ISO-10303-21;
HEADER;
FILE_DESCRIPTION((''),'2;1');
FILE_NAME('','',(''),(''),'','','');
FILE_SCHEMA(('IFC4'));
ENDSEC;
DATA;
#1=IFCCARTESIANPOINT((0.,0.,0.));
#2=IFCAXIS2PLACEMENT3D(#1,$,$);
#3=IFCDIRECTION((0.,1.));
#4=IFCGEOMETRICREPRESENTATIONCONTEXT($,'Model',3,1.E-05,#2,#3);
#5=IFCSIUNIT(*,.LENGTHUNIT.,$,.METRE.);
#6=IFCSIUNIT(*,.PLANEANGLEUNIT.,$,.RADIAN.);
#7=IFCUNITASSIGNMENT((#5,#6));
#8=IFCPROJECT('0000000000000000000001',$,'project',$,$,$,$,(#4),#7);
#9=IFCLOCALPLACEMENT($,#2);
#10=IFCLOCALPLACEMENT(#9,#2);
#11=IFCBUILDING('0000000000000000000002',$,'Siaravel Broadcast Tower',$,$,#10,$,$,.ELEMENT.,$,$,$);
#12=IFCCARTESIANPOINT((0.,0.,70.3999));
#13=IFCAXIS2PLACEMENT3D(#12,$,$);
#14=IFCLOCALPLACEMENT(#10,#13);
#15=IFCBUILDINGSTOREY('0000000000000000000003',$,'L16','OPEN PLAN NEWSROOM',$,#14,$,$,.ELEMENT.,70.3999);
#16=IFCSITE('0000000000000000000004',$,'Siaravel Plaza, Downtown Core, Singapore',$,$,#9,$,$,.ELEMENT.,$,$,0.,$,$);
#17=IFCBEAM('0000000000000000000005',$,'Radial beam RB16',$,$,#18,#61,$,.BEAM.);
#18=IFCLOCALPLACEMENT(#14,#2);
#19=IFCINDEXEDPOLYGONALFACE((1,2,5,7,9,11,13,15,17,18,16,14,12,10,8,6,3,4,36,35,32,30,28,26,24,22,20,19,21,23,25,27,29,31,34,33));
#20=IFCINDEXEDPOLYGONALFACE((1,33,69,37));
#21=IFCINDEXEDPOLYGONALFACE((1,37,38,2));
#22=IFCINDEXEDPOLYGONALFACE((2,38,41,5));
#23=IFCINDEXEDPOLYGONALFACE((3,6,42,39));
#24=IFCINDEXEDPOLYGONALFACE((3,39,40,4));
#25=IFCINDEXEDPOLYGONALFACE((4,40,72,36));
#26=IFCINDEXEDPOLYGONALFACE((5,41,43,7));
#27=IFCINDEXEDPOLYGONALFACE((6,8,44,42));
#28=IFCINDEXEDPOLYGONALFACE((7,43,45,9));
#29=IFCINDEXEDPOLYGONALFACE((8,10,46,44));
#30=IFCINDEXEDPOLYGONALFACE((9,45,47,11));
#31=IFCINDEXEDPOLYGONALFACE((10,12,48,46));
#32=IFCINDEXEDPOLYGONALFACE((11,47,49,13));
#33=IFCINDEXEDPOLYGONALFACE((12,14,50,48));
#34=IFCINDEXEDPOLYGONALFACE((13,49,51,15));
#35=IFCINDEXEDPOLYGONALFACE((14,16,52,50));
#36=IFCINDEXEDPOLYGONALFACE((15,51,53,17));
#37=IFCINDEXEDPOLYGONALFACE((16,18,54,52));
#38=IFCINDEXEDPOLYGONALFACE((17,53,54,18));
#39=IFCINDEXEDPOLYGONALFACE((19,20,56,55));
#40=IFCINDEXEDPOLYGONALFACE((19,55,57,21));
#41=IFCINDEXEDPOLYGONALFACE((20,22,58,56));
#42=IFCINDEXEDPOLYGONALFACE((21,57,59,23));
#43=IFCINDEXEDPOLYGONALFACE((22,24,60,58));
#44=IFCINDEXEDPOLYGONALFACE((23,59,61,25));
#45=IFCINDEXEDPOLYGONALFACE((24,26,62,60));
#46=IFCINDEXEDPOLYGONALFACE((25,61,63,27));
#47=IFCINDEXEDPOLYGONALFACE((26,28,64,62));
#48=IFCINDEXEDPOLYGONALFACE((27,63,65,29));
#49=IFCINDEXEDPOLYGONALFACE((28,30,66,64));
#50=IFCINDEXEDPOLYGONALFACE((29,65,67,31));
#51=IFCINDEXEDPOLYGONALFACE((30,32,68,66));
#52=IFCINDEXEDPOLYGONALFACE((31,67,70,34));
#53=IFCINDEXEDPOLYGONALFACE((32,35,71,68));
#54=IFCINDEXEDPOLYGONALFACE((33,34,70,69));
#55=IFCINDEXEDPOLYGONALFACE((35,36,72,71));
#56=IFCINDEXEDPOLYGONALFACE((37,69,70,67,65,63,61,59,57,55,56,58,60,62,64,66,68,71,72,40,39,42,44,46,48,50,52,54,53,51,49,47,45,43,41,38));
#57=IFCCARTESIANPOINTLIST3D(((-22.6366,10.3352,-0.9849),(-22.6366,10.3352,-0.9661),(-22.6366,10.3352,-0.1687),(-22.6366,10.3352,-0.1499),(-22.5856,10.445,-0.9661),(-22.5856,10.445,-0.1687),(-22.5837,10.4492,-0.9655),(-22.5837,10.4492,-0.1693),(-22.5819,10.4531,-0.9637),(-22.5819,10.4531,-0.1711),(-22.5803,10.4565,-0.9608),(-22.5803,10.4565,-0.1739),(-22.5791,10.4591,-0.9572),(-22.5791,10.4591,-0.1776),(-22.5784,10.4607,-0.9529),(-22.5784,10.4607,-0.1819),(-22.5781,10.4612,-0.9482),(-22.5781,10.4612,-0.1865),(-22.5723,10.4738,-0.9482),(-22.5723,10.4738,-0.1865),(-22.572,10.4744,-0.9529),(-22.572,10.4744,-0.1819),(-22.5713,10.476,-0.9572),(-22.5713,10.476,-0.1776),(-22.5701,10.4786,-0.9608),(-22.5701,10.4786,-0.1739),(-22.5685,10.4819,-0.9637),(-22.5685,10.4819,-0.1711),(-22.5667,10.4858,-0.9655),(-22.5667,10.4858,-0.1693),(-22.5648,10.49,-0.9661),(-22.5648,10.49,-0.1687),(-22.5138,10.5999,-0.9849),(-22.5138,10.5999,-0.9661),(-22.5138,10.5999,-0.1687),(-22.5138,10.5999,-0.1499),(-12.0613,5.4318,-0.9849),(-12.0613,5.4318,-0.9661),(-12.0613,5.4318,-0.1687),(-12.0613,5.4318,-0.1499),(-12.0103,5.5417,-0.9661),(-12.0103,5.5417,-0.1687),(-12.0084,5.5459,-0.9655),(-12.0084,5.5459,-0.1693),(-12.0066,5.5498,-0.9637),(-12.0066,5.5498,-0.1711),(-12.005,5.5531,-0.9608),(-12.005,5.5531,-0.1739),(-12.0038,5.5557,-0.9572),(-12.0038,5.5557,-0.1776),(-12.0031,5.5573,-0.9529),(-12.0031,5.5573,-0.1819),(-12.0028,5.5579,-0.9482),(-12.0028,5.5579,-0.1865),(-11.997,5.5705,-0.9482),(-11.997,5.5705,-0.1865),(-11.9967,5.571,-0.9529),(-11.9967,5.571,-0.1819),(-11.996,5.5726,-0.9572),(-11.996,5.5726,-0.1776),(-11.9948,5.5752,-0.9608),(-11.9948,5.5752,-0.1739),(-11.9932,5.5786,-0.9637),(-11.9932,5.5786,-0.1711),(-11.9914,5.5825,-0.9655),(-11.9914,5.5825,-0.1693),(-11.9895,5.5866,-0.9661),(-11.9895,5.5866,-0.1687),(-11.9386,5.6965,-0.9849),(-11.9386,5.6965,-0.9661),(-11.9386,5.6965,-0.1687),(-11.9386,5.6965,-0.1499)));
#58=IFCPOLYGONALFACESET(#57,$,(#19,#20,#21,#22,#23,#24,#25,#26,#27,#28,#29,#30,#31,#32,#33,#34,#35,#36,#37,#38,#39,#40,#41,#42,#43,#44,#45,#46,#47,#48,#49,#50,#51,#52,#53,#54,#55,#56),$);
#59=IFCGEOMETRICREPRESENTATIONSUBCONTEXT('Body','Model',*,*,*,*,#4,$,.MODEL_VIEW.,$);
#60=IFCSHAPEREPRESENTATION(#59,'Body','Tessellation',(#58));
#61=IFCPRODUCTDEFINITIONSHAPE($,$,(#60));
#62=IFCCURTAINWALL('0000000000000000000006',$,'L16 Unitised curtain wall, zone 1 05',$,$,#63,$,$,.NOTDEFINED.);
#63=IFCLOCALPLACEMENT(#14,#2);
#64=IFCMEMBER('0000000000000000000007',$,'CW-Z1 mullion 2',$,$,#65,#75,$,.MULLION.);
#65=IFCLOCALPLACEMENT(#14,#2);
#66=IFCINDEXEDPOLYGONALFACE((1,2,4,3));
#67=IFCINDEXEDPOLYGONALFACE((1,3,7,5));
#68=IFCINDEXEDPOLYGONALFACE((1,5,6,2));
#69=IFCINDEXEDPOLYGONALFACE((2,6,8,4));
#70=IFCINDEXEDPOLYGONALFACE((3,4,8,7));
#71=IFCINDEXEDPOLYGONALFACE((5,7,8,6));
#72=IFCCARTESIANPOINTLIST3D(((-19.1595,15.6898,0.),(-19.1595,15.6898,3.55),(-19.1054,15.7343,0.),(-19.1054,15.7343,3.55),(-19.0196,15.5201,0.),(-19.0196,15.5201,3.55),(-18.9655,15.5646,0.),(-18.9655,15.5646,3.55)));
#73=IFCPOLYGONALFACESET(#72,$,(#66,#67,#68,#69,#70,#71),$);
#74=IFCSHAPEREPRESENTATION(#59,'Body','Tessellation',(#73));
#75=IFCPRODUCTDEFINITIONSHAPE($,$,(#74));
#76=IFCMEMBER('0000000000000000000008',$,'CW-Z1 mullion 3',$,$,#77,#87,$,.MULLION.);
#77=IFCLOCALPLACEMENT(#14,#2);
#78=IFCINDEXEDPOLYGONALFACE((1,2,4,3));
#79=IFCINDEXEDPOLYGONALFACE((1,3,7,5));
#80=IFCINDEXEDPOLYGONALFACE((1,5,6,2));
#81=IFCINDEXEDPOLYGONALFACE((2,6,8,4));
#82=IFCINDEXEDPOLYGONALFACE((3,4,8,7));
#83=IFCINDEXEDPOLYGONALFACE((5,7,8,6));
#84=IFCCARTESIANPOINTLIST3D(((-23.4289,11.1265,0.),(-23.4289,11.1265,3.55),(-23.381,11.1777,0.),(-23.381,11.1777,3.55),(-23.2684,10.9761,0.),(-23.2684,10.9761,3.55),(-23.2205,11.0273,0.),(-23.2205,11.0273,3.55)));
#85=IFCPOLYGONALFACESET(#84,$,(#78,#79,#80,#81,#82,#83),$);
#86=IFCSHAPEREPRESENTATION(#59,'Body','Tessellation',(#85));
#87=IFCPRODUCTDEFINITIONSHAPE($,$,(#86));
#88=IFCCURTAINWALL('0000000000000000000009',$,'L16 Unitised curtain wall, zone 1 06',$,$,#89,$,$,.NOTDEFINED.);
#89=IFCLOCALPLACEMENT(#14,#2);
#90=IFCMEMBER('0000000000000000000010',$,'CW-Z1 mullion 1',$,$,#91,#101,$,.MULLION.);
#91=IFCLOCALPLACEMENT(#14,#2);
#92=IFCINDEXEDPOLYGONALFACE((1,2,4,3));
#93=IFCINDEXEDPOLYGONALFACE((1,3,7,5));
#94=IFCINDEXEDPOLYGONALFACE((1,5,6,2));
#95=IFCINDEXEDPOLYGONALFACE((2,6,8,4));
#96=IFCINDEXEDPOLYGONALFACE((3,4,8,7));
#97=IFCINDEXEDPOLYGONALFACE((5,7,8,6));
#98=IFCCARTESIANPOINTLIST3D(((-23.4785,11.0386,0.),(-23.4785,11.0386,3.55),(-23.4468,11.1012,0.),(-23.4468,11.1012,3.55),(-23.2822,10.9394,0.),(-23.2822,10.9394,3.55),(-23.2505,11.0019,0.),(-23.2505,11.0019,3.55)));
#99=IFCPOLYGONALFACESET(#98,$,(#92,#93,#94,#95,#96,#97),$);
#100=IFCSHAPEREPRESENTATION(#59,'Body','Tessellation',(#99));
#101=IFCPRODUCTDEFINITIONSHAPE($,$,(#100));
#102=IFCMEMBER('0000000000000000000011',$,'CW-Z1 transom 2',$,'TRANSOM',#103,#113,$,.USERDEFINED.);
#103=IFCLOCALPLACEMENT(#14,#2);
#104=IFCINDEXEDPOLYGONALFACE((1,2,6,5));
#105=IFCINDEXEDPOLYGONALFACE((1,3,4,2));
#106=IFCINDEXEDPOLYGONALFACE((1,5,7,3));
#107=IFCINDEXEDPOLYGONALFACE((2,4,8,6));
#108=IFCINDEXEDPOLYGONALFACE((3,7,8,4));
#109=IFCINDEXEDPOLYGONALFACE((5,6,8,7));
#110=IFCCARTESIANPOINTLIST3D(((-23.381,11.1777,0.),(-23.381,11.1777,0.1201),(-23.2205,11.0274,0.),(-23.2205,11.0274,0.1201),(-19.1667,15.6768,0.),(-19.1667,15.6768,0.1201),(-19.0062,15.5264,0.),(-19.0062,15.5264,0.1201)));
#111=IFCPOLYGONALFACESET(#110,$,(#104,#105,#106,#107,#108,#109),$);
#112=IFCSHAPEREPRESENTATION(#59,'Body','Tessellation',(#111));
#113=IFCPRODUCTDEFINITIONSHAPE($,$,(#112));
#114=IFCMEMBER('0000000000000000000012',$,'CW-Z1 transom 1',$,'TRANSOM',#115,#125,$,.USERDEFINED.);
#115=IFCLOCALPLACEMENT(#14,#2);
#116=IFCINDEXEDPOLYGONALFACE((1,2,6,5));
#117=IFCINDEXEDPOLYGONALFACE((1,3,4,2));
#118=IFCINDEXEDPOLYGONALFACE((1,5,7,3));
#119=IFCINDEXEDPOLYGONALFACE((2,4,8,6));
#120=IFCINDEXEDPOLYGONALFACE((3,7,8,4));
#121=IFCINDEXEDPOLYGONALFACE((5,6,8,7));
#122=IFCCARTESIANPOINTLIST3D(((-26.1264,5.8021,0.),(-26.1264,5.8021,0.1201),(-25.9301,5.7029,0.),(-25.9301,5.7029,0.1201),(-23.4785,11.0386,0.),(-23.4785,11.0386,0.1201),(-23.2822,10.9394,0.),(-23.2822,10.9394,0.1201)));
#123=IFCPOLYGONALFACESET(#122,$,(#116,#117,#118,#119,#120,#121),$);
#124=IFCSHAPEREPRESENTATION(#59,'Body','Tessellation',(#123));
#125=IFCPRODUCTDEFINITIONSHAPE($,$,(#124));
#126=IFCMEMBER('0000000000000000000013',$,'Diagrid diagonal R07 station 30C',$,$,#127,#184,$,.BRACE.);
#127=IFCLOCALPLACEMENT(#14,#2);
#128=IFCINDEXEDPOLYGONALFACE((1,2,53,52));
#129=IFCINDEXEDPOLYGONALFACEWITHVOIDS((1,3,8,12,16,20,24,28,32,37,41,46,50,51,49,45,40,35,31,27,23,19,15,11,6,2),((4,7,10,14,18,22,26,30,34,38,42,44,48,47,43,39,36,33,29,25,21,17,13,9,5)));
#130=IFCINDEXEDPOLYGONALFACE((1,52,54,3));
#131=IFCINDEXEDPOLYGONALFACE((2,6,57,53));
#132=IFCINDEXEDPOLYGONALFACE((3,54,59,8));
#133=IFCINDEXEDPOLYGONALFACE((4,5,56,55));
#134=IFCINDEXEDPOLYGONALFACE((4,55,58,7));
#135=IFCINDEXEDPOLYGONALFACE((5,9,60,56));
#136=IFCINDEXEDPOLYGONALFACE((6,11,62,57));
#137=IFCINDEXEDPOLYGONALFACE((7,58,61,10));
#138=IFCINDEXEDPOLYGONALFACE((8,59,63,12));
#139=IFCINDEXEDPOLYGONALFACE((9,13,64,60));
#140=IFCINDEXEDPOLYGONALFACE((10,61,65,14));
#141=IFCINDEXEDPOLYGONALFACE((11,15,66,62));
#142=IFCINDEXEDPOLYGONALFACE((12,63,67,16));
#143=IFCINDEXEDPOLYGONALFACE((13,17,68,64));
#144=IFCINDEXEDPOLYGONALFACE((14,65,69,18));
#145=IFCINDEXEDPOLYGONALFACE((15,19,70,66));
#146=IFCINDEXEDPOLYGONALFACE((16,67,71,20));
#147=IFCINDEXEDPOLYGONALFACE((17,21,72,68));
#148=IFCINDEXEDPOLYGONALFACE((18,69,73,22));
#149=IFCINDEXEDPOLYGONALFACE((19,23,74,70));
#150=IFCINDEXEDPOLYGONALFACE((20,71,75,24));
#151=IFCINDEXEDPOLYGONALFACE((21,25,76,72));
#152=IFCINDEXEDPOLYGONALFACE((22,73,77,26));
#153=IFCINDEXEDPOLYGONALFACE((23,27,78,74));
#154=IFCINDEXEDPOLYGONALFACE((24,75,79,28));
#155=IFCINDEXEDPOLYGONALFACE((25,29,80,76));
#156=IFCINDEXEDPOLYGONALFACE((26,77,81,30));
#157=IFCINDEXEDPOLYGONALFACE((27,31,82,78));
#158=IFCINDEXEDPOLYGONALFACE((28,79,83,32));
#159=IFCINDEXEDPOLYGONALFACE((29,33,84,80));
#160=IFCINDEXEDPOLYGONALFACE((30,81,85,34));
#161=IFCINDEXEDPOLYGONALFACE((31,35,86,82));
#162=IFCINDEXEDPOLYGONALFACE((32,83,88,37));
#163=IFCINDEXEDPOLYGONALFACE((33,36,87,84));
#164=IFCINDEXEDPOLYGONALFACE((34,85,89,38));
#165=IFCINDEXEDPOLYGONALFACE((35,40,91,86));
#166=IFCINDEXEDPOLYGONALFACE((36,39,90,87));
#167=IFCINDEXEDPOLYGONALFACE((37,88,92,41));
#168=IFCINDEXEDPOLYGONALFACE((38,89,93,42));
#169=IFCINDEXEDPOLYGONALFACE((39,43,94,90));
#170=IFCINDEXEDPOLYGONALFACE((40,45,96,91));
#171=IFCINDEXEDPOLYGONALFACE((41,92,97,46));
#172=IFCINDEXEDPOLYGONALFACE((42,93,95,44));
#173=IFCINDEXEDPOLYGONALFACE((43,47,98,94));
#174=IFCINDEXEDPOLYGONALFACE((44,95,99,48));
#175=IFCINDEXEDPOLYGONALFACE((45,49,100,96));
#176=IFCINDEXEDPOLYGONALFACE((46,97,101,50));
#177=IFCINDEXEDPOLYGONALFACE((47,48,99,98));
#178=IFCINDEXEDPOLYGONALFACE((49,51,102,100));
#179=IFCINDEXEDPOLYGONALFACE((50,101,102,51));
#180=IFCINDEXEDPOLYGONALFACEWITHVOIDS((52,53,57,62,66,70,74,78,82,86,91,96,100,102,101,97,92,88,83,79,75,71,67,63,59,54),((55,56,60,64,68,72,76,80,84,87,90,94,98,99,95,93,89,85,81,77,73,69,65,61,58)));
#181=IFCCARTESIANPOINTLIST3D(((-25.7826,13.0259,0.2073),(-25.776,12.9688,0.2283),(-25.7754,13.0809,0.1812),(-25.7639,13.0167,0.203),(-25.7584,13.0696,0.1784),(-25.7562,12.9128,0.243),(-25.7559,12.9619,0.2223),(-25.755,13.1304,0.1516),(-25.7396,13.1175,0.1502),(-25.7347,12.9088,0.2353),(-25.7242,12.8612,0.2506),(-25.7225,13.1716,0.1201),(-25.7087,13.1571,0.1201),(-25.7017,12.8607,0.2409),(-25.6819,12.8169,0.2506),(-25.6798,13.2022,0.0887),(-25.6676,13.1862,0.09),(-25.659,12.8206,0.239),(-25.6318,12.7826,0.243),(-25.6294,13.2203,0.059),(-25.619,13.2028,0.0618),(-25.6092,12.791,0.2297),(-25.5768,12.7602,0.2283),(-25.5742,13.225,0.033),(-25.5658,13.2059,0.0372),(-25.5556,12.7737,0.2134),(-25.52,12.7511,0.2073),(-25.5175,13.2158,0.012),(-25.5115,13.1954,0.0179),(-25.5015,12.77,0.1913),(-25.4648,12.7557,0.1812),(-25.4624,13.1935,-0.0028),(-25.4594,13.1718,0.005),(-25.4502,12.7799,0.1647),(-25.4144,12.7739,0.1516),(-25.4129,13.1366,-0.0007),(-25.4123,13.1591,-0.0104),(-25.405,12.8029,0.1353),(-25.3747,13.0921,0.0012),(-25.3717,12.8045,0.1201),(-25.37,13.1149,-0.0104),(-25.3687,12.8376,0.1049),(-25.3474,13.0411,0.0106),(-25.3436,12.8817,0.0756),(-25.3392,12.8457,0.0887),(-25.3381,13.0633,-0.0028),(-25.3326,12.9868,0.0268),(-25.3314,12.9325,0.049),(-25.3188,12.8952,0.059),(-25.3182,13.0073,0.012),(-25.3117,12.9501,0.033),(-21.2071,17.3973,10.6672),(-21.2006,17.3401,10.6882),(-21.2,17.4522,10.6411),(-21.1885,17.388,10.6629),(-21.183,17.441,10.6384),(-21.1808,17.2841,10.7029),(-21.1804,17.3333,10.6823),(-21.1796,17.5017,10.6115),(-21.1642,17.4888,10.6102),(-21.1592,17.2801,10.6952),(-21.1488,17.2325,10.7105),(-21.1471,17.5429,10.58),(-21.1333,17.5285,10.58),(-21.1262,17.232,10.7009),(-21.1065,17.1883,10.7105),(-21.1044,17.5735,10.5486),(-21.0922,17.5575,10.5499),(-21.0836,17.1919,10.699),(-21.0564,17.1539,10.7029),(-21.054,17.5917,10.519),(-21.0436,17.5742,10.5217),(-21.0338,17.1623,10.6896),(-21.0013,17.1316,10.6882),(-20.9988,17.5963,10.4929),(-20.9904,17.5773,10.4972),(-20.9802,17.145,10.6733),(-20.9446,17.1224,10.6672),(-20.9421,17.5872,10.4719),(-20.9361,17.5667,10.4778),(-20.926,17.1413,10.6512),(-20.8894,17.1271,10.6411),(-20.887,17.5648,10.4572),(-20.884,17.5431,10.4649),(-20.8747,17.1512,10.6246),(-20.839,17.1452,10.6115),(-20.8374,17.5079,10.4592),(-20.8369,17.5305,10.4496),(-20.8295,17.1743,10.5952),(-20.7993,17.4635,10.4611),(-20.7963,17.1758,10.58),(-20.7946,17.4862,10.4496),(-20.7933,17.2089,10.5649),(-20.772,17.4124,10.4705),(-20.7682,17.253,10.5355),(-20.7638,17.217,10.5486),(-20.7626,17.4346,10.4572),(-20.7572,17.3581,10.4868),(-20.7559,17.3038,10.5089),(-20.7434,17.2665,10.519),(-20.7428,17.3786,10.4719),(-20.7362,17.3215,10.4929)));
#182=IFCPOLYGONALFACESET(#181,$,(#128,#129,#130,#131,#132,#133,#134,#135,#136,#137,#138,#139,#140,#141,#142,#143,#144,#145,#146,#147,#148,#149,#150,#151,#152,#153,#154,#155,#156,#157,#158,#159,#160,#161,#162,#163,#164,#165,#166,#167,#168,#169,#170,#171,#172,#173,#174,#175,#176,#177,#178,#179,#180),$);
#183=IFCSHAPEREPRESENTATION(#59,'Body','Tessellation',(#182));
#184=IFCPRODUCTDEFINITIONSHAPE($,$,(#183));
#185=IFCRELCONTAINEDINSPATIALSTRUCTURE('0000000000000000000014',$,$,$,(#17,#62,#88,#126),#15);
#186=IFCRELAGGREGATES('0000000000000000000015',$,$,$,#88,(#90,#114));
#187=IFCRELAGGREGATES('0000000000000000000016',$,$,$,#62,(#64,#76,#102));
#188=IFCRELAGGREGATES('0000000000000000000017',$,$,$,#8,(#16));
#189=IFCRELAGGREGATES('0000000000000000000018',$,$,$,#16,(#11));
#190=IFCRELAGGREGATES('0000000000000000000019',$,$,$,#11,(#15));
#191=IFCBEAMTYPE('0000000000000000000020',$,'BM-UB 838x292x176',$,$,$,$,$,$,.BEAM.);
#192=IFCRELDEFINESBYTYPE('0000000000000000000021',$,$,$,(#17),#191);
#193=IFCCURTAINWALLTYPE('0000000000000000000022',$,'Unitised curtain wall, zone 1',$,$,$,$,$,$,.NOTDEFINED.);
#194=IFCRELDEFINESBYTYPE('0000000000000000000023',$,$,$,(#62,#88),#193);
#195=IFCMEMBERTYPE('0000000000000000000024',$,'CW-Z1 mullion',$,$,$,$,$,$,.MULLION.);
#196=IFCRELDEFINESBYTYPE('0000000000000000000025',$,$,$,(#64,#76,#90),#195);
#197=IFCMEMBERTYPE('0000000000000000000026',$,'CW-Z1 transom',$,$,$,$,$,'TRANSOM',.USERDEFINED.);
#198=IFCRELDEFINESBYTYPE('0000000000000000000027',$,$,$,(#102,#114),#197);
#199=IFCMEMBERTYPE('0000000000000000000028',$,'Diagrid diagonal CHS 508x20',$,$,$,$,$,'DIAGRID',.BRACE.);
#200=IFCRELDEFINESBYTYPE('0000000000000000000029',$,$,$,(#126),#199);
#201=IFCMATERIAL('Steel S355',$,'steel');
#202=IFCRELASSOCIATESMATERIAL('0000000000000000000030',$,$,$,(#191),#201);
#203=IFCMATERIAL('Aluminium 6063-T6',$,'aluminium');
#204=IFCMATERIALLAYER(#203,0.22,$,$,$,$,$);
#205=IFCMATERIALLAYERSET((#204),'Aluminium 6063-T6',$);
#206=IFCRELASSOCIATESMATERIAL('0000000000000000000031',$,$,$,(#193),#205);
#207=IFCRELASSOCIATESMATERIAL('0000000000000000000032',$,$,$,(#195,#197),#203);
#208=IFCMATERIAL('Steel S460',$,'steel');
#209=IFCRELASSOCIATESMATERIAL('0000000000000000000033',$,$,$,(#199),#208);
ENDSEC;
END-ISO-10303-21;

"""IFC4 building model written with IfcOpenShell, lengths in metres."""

from ifc_helpers import new_model, si_unit, direction, frame, origin, origin_2d, place, context, subcontext, project, spatial, rectangle, hollow_circle, i_section, extrude, material, layer, layer_set, material_profile, profile_set, type_object, element, aggregate, save


model = new_model("IFC4")

# Units and contexts
model_context = context("Model", 3, precision=1e-05, world=origin(), true_north=direction((0.0, 1.0)))
body_context = subcontext(model_context, "Body", "Model", "MODEL_VIEW")
ifc_project = project(units=[si_unit("LENGTHUNIT", "METRE"), si_unit("PLANEANGLEUNIT", "RADIAN")], contexts=[model_context])

# Site, building, storey
site_placement = place(None, origin())
site = spatial("IfcSite", under=ifc_project, at=site_placement, Name="Siaravel Plaza, Downtown Core, Singapore", CompositionType="ELEMENT", RefElevation=0.0)
building_placement = place(site_placement, origin())
building = spatial("IfcBuilding", under=site, at=building_placement, Name="Siaravel Broadcast Tower", CompositionType="ELEMENT")
storey_placement = place(building_placement, frame((0.0, 0.0, 70.3999)))
storey = spatial("IfcBuildingStorey", under=building, at=storey_placement, Name="L16", Description="OPEN PLAN NEWSROOM", CompositionType="ELEMENT", Elevation=70.3999)

# Beam
ifc_material_1 = material(Name="Steel S355", Category="steel")
ifc_material_profile_1 = material_profile(ifc_material_1, i_section(OverallWidth=0.2917, OverallDepth=0.835, WebThickness=0.0139, FlangeThickness=0.0188, FilletRadius=0.0178, at=origin_2d()))
ifc_profile_set_1 = profile_set([ifc_material_profile_1], Name="Steel S355")
beam_type = type_object("IfcBeamType", Name="BM-UB 838x292x176", PredefinedType="BEAM", material=ifc_profile_set_1)
beam_1_placement = place(storey_placement, frame((-22.5752, 10.4675, -0.5674), z_axis=(0.907225, -0.420646, 0.0), x_axis=(0.420646, 0.907225, 0.0)))
element("IfcBeam", 1, at=beam_1_placement, inside=storey, type_object=beam_type, Name="Radial beam RB16", PredefinedType="BEAM", context=body_context, shape_type="SweptSolid", body=[
    extrude(i_section(OverallWidth=0.2917, OverallDepth=0.835, WebThickness=0.0139, FlangeThickness=0.0188, FilletRadius=0.0178, at=origin_2d()), origin(), (0.0, 0.0, 1.0), 11.6567),
])

# Curtain wall, members
ifc_material_2 = material(Name="Aluminium 6063-T6", Category="aluminium")
ifc_layer_1 = layer(ifc_material_2, 0.22)
ifc_layer_set_1 = layer_set([ifc_layer_1], Name="Aluminium 6063-T6")
curtain_wall_type = type_object("IfcCurtainWallType", Name="Unitised curtain wall, zone 1", PredefinedType="NOTDEFINED", material=ifc_layer_set_1)
curtain_wall_1_placement = place(storey_placement, origin())
curtain_wall_1 = element("IfcCurtainWall", 2, at=curtain_wall_1_placement, inside=storey, type_object=curtain_wall_type, Name="L16 Unitised curtain wall, zone 1 05", PredefinedType="NOTDEFINED")
ifc_material_profile_2 = material_profile(ifc_material_2, rectangle(XDim=0.22, YDim=0.0701, at=origin_2d()))
ifc_profile_set_2 = profile_set([ifc_material_profile_2], Name="Aluminium 6063-T6")
member_type_1 = type_object("IfcMemberType", Name="CW-Z1 mullion", PredefinedType="MULLION", material=ifc_profile_set_2)
member_1_placement = place(storey_placement, frame((-19.0625, 15.6272, 0.0), z_axis=(0.0, 0.0, 1.0), x_axis=(0.636219, -0.771508, 0.0)))
member_1 = element("IfcMember", 3, at=member_1_placement, type_object=member_type_1, Name="CW-Z1 mullion 2", PredefinedType="MULLION", context=body_context, shape_type="SweptSolid", body=[
    extrude(rectangle(XDim=0.22, YDim=0.0701, at=origin_2d()), origin(), (0.0, 0.0, 1.0), 3.55),
])
member_2_placement = place(storey_placement, frame((-23.3247, 11.0769, 0.0), z_axis=(0.0, 0.0, 1.0), x_axis=(0.729806, -0.683655, 0.0)))
member_2 = element("IfcMember", 4, at=member_2_placement, type_object=member_type_1, Name="CW-Z1 mullion 3", PredefinedType="MULLION", context=body_context, shape_type="SweptSolid", body=[
    extrude(rectangle(XDim=0.22, YDim=0.0701, at=origin_2d()), origin(), (0.0, 0.0, 1.0), 3.55),
])

# Curtain wall, member
curtain_wall_2_placement = place(storey_placement, origin())
curtain_wall_2 = element("IfcCurtainWall", 5, at=curtain_wall_2_placement, inside=storey, type_object=curtain_wall_type, Name="L16 Unitised curtain wall, zone 1 06", PredefinedType="NOTDEFINED")
member_3_placement = place(storey_placement, frame((-23.3645, 11.0203, 0.0), z_axis=(0.0, 0.0, 1.0), x_axis=(0.892392, -0.451261, 0.0)))
member_3 = element("IfcMember", 6, at=member_3_placement, type_object=member_type_1, Name="CW-Z1 mullion 1", PredefinedType="MULLION", context=body_context, shape_type="SweptSolid", body=[
    extrude(rectangle(XDim=0.22, YDim=0.0701, at=origin_2d()), origin(), (0.0, 0.0, 1.0), 3.55),
])

# Members
ifc_material_profile_3 = material_profile(ifc_material_2, rectangle(XDim=0.22, YDim=0.1201, at=origin_2d()))
ifc_profile_set_3 = profile_set([ifc_material_profile_3], Name="Aluminium 6063-T6")
member_type_2 = type_object("IfcMemberType", Name="CW-Z1 transom", ElementType="TRANSOM", PredefinedType="USERDEFINED", material=ifc_profile_set_3)
member_4_placement = place(storey_placement, frame((-19.0864, 15.6016, 0.0601), z_axis=(-0.683641, -0.729819, 0.0), x_axis=(0.729819, -0.683641, 0.0)))
member_4 = element("IfcMember", 7, at=member_4_placement, type_object=member_type_2, Name="CW-Z1 transom 2", ObjectType="TRANSOM", PredefinedType="USERDEFINED", context=body_context, shape_type="SweptSolid", body=[
    extrude(rectangle(XDim=0.22, YDim=0.1201, at=origin_2d()), origin(), (0.0, 0.0, 1.0), 6.1646),
])
member_5_placement = place(storey_placement, frame((-23.3804, 10.989, 0.0601), z_axis=(-0.451253, -0.892396, 0.0), x_axis=(0.892396, -0.451253, 0.0)))
member_5 = element("IfcMember", 8, at=member_5_placement, type_object=member_type_2, Name="CW-Z1 transom 1", ObjectType="TRANSOM", PredefinedType="USERDEFINED", context=body_context, shape_type="SweptSolid", body=[
    extrude(rectangle(XDim=0.22, YDim=0.1201, at=origin_2d()), origin(), (0.0, 0.0, 1.0), 5.8679),
])
aggregate(curtain_wall_2, [member_3, member_5])

# Member
ifc_material_3 = material(Name="Steel S460", Category="steel")
ifc_material_profile_4 = material_profile(ifc_material_3, hollow_circle(Radius=0.2539, WallThickness=0.02, at=origin_2d()))
ifc_profile_set_4 = profile_set([ifc_material_profile_4], Name="Steel S460")
member_type_3 = type_object("IfcMemberType", Name="Diagrid diagonal CHS 508x20", ElementType="DIAGRID", PredefinedType="BRACE", material=ifc_profile_set_4)
member_6_placement = place(storey_placement, frame((-25.5471, 12.988, 0.1201), z_axis=(0.374265, 0.35757, 0.855611), x_axis=(-0.690796, 0.72305, 0.0)))
element("IfcMember", 9, at=member_6_placement, inside=storey, type_object=member_type_3, Name="Diagrid diagonal R07 station 30C", PredefinedType="BRACE", context=body_context, shape_type="SweptSolid", body=[
    extrude(hollow_circle(Radius=0.2539, WallThickness=0.02, at=origin_2d()), origin(), (0.0, 0.0, 1.0), 12.2251),
])

aggregate(curtain_wall_1, [member_1, member_2, member_4])

save(model, "model.ifc")
